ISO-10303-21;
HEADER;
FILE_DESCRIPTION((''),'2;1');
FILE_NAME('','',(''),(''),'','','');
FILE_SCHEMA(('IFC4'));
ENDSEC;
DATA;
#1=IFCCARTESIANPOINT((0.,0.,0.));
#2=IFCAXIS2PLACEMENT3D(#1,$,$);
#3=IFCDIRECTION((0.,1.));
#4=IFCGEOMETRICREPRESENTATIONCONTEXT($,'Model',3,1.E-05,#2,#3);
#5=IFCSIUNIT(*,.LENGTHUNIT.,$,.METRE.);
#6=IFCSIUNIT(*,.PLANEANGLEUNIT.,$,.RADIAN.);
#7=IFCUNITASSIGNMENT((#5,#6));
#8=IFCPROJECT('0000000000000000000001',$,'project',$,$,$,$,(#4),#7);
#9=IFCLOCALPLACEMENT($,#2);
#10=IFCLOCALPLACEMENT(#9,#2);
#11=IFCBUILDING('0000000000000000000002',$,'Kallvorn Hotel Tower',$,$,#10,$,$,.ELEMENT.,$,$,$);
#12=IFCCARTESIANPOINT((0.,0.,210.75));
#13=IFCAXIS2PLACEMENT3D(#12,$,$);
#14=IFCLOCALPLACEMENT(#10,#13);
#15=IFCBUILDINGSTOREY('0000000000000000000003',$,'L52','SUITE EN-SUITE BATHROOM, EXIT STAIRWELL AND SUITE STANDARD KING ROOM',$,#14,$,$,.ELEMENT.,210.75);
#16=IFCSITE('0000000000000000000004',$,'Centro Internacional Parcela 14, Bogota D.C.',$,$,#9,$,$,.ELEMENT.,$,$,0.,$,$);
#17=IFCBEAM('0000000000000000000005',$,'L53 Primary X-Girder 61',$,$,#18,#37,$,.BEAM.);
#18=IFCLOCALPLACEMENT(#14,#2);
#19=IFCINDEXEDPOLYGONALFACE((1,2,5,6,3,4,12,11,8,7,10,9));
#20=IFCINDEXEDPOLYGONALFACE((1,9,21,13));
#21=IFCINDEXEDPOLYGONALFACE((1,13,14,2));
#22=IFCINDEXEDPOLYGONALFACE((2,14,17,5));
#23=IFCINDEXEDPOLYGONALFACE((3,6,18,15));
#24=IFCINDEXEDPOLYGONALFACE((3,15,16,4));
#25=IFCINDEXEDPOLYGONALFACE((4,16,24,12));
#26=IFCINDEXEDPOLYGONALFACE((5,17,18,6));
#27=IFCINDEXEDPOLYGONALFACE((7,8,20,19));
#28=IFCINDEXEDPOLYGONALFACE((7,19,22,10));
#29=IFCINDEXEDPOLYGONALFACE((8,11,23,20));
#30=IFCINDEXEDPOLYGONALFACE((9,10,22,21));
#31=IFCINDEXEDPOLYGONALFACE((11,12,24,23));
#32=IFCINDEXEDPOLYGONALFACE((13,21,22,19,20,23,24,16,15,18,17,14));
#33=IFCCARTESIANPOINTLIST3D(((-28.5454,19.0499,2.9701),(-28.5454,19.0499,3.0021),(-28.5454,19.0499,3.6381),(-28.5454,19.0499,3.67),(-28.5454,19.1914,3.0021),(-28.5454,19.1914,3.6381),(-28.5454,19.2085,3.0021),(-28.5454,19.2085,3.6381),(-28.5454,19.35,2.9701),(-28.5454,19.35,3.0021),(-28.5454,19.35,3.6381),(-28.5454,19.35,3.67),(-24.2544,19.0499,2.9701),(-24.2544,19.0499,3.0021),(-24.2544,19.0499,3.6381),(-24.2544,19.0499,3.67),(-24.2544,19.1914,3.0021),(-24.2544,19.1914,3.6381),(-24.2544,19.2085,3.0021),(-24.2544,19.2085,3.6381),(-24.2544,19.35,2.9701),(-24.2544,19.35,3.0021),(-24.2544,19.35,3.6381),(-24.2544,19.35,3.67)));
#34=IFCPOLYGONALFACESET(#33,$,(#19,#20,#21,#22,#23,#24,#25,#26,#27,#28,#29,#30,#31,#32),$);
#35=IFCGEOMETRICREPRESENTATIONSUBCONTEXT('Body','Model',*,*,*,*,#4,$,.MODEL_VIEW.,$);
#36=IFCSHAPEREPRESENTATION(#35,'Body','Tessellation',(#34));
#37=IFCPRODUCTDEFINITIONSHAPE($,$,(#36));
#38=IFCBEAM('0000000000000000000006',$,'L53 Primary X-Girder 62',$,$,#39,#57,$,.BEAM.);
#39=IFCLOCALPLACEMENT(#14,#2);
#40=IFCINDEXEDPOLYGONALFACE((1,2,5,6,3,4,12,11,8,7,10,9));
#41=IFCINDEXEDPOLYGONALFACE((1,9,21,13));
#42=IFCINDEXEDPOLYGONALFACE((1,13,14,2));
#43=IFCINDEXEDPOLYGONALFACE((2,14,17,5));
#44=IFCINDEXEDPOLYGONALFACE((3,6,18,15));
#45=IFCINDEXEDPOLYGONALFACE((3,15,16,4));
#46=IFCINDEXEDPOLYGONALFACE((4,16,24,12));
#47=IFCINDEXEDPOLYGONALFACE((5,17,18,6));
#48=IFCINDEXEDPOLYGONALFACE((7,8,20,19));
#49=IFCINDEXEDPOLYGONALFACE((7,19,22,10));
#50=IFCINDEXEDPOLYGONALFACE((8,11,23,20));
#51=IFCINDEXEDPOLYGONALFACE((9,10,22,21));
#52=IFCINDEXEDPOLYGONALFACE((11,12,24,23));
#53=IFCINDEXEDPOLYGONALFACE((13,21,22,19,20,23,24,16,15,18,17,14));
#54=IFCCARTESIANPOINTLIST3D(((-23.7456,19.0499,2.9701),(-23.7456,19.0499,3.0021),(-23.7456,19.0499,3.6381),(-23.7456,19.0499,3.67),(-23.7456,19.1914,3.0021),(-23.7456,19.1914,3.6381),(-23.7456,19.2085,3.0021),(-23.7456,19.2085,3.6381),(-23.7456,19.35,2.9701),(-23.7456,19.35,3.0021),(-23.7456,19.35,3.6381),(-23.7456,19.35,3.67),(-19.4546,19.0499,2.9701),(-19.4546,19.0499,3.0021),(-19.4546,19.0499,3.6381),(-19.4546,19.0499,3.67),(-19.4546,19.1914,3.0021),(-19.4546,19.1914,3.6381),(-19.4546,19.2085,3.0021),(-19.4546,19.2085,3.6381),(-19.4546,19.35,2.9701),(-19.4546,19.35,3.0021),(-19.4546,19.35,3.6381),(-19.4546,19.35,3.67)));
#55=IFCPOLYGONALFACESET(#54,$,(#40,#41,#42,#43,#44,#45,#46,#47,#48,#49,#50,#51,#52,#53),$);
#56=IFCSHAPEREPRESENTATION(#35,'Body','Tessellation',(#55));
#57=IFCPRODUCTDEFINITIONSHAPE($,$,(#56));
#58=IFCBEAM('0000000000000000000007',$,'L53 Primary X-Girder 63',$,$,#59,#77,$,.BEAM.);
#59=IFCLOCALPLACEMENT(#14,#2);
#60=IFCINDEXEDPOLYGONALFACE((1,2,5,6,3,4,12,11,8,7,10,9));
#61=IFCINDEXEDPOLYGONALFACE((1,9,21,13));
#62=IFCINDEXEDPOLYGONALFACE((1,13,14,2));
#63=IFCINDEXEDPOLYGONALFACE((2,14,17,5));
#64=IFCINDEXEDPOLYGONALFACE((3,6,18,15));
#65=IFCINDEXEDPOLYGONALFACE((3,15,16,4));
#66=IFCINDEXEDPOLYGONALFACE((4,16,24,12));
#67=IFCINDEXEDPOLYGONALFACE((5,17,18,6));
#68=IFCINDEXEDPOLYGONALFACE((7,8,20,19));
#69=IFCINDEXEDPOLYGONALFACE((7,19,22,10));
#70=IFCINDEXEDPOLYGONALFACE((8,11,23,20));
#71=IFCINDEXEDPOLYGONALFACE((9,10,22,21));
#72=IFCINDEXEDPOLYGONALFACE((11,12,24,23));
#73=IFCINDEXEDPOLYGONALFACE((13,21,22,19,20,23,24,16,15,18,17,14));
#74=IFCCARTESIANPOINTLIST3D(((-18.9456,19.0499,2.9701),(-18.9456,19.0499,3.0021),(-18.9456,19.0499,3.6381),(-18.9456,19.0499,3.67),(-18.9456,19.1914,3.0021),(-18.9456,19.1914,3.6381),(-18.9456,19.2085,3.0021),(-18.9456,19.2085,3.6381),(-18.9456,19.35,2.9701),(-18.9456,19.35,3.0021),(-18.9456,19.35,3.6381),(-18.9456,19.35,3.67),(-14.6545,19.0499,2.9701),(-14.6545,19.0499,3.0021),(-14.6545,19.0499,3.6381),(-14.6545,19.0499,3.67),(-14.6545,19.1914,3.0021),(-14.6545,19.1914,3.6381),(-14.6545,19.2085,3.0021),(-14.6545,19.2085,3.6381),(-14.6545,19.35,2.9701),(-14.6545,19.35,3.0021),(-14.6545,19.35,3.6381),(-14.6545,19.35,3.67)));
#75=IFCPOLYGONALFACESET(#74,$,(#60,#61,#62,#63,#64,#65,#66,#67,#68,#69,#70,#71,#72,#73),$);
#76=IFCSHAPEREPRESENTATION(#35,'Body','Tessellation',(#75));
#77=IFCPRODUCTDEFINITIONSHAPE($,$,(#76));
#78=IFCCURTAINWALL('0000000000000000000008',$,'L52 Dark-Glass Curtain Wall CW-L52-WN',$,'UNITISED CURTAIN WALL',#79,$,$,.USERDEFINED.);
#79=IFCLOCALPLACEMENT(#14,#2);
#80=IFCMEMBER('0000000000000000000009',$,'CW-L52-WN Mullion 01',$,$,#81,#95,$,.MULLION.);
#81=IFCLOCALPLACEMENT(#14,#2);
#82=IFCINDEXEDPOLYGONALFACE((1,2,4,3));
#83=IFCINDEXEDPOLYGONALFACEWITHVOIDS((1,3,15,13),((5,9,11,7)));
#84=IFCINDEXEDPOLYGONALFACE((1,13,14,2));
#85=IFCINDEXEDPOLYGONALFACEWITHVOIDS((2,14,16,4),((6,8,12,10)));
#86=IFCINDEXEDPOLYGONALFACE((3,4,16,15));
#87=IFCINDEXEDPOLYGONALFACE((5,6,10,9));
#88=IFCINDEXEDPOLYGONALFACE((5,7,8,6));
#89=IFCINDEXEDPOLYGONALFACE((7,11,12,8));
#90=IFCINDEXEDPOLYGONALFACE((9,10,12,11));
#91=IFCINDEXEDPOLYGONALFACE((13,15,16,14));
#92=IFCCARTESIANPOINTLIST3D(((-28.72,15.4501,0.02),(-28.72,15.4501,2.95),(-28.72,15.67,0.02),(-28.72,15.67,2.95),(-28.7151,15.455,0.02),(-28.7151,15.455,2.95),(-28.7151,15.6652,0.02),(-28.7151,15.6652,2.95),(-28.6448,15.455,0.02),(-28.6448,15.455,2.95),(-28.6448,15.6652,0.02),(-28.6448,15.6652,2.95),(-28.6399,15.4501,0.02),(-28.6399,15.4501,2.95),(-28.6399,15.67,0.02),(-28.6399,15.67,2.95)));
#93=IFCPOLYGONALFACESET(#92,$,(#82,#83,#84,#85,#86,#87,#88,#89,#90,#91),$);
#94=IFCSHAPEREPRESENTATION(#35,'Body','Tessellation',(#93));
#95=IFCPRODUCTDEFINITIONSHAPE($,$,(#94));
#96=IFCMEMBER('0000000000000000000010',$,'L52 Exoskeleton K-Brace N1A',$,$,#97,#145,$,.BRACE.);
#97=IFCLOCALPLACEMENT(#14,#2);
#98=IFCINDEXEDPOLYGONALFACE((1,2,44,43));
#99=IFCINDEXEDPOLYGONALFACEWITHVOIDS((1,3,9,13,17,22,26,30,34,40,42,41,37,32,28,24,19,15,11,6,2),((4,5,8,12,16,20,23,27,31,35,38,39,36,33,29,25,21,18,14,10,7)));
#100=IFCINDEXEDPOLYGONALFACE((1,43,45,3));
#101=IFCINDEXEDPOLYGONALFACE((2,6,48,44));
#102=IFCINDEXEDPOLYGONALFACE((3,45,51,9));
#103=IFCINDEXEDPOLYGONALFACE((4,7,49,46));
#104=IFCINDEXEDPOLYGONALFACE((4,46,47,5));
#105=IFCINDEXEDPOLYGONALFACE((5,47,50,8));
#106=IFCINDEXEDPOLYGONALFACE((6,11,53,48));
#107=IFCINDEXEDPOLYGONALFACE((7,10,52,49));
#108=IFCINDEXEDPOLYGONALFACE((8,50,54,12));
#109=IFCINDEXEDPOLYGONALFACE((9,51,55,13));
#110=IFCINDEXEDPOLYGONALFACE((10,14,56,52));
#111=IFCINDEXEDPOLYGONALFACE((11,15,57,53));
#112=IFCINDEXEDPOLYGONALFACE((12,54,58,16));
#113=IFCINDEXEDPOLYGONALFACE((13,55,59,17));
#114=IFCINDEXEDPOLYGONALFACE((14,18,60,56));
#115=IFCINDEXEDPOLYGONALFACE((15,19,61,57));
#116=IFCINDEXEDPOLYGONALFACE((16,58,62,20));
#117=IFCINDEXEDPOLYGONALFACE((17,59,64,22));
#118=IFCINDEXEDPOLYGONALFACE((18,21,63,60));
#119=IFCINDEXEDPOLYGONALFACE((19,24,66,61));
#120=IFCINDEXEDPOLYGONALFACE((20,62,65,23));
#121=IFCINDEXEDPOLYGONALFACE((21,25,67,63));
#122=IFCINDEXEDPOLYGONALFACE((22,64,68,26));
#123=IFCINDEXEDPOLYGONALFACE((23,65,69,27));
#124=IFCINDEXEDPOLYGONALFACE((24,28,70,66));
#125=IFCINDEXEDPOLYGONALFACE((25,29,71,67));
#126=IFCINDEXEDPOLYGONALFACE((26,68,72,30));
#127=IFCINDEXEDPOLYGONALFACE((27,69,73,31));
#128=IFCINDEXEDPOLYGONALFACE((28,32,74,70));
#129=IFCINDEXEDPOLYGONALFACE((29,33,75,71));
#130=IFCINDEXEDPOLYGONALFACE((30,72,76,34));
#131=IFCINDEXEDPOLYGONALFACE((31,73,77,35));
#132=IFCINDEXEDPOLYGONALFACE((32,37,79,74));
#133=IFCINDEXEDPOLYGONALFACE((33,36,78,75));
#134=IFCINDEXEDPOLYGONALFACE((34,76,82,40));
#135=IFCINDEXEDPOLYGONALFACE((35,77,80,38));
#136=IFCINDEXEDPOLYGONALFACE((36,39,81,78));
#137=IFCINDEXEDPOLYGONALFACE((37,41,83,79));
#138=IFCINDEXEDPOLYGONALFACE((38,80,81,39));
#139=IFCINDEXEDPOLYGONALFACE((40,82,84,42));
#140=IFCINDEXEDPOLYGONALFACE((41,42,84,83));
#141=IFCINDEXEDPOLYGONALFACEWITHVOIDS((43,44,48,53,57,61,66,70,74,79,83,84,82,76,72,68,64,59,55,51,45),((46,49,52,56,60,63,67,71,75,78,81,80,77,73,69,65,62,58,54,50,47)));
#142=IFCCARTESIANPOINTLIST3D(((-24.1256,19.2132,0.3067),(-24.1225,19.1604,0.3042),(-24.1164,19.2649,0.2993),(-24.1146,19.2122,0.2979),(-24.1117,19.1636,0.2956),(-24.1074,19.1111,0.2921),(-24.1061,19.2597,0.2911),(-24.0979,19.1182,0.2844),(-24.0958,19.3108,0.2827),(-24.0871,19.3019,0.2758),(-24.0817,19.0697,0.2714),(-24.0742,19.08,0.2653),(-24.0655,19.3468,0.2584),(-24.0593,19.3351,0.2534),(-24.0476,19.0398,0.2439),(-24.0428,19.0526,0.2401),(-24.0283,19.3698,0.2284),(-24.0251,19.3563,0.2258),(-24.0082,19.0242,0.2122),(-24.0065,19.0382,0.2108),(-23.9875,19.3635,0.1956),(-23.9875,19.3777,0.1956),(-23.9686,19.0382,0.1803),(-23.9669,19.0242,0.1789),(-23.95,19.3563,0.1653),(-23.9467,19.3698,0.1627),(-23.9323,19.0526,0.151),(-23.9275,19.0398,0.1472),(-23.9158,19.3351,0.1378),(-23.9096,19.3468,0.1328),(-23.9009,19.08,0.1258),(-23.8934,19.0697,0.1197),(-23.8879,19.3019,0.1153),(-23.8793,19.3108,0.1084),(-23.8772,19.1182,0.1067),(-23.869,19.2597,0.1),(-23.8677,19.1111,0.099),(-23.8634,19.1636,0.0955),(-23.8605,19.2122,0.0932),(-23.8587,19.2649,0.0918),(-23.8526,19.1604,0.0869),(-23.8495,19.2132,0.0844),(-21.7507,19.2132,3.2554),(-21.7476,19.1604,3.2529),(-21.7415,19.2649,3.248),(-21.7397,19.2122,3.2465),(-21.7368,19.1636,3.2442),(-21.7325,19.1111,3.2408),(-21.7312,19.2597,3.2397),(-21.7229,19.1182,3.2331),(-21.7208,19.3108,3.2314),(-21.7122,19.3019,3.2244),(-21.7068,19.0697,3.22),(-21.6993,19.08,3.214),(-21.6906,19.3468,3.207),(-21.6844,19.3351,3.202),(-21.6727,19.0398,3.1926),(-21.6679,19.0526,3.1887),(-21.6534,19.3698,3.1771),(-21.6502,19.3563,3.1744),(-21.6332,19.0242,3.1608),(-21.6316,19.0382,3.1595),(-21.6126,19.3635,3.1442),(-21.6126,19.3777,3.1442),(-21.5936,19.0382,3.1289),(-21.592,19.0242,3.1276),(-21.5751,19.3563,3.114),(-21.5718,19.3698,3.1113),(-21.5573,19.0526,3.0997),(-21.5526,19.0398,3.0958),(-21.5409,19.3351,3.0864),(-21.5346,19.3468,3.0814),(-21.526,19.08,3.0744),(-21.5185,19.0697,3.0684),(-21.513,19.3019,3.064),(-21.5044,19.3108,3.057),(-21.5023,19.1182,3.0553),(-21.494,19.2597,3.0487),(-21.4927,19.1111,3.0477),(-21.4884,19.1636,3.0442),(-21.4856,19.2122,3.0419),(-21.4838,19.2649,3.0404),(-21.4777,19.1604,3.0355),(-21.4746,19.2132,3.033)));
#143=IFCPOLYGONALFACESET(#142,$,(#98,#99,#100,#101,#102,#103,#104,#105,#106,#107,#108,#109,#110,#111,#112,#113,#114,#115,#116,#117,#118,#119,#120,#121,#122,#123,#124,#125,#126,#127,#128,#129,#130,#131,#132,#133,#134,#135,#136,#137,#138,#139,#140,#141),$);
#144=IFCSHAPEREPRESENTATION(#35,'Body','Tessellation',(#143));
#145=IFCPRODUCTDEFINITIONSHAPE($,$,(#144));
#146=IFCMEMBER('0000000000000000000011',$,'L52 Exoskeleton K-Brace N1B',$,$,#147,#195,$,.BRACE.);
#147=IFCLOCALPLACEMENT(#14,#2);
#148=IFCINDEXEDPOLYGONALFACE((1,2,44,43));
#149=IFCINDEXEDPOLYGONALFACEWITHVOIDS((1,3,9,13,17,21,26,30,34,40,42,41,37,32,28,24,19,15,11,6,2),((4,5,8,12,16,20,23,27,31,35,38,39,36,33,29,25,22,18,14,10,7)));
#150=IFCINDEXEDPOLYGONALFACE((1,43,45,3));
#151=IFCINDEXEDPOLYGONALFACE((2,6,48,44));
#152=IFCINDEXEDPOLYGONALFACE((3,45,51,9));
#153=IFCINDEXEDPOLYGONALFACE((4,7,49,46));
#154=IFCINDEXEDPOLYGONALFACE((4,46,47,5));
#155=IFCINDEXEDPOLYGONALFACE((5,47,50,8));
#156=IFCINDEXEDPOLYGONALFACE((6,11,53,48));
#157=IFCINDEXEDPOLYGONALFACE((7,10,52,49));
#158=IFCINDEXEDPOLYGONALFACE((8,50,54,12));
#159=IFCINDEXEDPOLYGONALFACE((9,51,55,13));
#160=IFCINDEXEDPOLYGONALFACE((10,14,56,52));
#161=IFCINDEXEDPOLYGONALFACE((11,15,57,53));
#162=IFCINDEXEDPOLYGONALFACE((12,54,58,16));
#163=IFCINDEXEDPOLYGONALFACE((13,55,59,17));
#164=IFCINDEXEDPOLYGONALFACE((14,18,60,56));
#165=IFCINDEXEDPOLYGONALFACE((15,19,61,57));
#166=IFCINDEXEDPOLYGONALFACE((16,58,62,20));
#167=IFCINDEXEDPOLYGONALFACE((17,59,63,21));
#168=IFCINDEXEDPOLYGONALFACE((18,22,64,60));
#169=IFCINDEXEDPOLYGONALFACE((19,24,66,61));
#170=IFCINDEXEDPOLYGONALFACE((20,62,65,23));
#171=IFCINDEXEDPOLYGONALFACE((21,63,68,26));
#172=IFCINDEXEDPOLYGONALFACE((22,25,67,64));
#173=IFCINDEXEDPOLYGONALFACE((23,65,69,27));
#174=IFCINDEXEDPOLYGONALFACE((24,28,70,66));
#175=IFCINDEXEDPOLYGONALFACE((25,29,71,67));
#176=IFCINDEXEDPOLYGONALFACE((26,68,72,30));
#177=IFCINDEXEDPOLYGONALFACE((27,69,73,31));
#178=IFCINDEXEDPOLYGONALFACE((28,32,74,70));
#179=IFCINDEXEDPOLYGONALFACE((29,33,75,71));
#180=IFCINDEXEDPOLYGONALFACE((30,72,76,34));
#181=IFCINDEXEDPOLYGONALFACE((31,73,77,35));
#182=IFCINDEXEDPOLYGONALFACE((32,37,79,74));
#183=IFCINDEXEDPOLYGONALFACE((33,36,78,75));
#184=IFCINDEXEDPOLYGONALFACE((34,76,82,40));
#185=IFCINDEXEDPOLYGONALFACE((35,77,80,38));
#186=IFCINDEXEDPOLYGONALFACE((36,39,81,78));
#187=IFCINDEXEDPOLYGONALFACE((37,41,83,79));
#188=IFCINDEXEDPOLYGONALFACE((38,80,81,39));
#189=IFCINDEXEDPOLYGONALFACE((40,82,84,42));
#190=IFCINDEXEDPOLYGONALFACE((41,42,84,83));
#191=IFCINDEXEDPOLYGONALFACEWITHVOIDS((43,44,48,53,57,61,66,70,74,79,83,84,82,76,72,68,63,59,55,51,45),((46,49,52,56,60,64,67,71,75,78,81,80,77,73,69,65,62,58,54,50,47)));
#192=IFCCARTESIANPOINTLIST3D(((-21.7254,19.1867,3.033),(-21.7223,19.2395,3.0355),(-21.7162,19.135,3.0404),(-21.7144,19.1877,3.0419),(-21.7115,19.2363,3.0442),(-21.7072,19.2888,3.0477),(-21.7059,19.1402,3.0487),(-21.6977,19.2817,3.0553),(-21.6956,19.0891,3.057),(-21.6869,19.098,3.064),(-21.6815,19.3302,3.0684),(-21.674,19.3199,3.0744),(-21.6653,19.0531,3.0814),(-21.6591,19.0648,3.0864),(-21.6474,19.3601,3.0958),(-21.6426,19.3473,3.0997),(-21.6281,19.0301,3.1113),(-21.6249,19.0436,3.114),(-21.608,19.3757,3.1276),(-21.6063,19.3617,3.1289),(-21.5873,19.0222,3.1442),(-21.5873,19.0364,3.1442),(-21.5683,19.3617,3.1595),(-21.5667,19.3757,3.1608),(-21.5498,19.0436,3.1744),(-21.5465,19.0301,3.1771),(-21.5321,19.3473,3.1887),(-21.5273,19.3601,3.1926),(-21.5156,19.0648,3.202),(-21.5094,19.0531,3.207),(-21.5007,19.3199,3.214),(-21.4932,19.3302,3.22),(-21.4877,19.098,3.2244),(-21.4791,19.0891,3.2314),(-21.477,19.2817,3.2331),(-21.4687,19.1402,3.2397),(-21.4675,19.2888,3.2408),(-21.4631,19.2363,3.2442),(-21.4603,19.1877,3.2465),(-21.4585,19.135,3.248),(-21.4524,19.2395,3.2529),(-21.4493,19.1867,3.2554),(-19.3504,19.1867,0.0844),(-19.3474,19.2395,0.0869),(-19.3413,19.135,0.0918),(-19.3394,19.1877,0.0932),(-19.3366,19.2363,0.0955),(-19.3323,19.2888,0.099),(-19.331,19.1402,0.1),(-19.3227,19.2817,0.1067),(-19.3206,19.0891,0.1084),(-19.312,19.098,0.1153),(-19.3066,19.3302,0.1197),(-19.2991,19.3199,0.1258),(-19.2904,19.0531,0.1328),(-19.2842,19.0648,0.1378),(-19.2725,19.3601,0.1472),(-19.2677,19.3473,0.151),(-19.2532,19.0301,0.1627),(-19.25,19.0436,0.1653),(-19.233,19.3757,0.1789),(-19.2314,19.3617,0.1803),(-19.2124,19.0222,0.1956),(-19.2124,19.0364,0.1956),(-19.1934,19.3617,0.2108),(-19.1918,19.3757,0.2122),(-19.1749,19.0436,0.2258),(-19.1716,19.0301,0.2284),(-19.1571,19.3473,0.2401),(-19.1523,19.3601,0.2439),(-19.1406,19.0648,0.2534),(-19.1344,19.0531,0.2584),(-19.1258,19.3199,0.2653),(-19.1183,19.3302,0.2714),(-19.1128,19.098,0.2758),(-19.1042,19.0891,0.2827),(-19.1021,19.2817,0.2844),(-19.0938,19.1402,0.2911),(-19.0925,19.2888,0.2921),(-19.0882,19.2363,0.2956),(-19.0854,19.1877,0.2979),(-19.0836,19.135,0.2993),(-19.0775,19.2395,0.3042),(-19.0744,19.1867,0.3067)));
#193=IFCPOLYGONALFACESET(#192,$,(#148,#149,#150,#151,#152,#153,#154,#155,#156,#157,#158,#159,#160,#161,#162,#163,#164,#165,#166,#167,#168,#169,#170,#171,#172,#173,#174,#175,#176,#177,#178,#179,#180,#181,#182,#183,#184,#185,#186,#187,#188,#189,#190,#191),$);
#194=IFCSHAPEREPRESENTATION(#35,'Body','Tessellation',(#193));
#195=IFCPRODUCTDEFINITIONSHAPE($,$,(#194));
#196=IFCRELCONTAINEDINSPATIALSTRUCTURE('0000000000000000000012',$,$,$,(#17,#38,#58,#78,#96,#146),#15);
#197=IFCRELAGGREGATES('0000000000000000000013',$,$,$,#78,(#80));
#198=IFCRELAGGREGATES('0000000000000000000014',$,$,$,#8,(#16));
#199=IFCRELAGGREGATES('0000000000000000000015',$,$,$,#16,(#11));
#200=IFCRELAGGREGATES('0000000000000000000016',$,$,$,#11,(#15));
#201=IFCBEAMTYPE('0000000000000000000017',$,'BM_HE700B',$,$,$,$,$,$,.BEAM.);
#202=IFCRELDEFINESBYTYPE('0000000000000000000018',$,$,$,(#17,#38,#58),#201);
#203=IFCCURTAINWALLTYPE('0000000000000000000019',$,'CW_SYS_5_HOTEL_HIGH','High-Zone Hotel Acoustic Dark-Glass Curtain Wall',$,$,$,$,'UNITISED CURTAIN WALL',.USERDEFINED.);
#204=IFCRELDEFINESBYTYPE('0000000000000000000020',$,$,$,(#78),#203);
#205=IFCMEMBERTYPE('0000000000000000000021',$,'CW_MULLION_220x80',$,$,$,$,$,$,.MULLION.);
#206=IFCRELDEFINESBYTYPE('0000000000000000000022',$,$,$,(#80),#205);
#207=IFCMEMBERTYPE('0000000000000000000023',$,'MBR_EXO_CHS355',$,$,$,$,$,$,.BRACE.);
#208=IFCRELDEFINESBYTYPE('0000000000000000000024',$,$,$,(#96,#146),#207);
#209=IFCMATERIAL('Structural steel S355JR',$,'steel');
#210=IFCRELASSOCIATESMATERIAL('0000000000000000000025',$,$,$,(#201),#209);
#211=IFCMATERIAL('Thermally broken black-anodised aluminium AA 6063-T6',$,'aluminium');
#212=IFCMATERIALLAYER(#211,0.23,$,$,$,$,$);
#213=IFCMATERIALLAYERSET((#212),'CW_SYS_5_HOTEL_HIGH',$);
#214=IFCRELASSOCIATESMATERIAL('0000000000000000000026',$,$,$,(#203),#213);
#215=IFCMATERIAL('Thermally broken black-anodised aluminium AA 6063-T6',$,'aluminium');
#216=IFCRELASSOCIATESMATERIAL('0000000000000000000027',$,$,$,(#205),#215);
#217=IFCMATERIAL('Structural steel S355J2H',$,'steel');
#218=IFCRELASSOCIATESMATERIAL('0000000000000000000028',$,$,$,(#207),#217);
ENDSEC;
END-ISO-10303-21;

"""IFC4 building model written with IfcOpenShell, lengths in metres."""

from ifc_helpers import new_model, si_unit, direction, frame, origin, origin_2d, place, context, subcontext, project, spatial, hollow_rectangle, hollow_circle, i_section, extrude, material, layer, layer_set, material_profile, profile_set, type_object, element, aggregate, save


model = new_model("IFC4")

# Units and contexts
model_context = context("Model", 3, precision=1e-05, world=origin(), true_north=direction((0.0, 1.0)))
body_context = subcontext(model_context, "Body", "Model", "MODEL_VIEW")
ifc_project = project(units=[si_unit("LENGTHUNIT", "METRE"), si_unit("PLANEANGLEUNIT", "RADIAN")], contexts=[model_context])

# Site, building, storey
site_placement = place(None, origin())
site = spatial("IfcSite", under=ifc_project, at=site_placement, Name="Centro Internacional Parcela 14, Bogota D.C.", CompositionType="ELEMENT", RefElevation=0.0)
building_placement = place(site_placement, origin())
building = spatial("IfcBuilding", under=site, at=building_placement, Name="Kallvorn Hotel Tower", CompositionType="ELEMENT")
storey_placement = place(building_placement, frame((0.0, 0.0, 210.75)))
storey = spatial("IfcBuildingStorey", under=building, at=storey_placement, Name="L52", Description="SUITE EN-SUITE BATHROOM, EXIT STAIRWELL AND SUITE STANDARD KING ROOM", CompositionType="ELEMENT", Elevation=210.75)

# Beams
ifc_material_1 = material(Name="Structural steel S355JR", Category="steel")
ifc_material_profile_1 = material_profile(ifc_material_1, i_section(OverallWidth=0.3, OverallDepth=0.7, WebThickness=0.0171, FlangeThickness=0.032, at=origin_2d()), Name="HE 700 B")
ifc_profile_set_1 = profile_set([ifc_material_profile_1], Name="Structural steel S355JR")
beam_type_1 = type_object("IfcBeamType", Name="BM_HE700B", PredefinedType="BEAM", material=ifc_profile_set_1)
for number, where, z_axis, x_axis, name in (
    (1, (-28.5454, 19.2, 3.3201), (1.0, 0.0, 0.0), (0.0, 1.0, 0.0), "L53 Primary X-Girder 61"),
    (2, (-23.7456, 19.2, 3.3201), (1.0, 0.0, 0.0), (0.0, 1.0, 0.0), "L53 Primary X-Girder 62"),
    (3, (-18.9456, 19.2, 3.3201), (1.0, 0.0, 0.0), (0.0, 1.0, 0.0), "L53 Primary X-Girder 63"),
):
    element("IfcBeam", number, at=place(storey_placement, frame(where, z_axis=z_axis, x_axis=x_axis)), inside=storey, type_object=beam_type_1, Name=name, PredefinedType="BEAM", context=body_context, shape_type="SweptSolid", body=[
        extrude(i_section(OverallWidth=0.3, OverallDepth=0.7, WebThickness=0.0171, FlangeThickness=0.032, at=origin_2d()), origin(), (0.0, 0.0, 1.0), 4.291),
    ])

# Curtain wall, member
ifc_material_2 = material(Name="Thermally broken black-anodised aluminium AA 6063-T6", Category="aluminium")
ifc_layer_1 = layer(ifc_material_2, 0.23)
ifc_layer_set_1 = layer_set([ifc_layer_1], Name="CW_SYS_5_HOTEL_HIGH")
curtain_wall_type = type_object("IfcCurtainWallType", Name="CW_SYS_5_HOTEL_HIGH", Description="High-Zone Hotel Acoustic Dark-Glass Curtain Wall", ElementType="UNITISED CURTAIN WALL", PredefinedType="USERDEFINED", material=ifc_layer_set_1)
curtain_wall_placement = place(storey_placement, origin())
curtain_wall = element("IfcCurtainWall", 4, at=curtain_wall_placement, inside=storey, type_object=curtain_wall_type, Name="L52 Dark-Glass Curtain Wall CW-L52-WN", ObjectType="UNITISED CURTAIN WALL", PredefinedType="USERDEFINED")
ifc_material_3 = material(Name="Thermally broken black-anodised aluminium AA 6063-T6", Category="aluminium")
ifc_material_profile_2 = material_profile(ifc_material_3, hollow_rectangle(XDim=0.0801, YDim=0.22, WallThickness=0.0049, at=origin_2d()), Name="MUL 220x80")
ifc_profile_set_2 = profile_set([ifc_material_profile_2], Name="Thermally broken black-anodised aluminium AA 6063-T6")
member_type_1 = type_object("IfcMemberType", Name="CW_MULLION_220x80", PredefinedType="MULLION", material=ifc_profile_set_2)
member_placement = place(storey_placement, frame((-28.6799, 15.5601, 0.02), z_axis=(0.0, 0.0, 1.0), x_axis=(1.0, 0.0, 0.0)))
member = element("IfcMember", 5, at=member_placement, type_object=member_type_1, Name="CW-L52-WN Mullion 01", PredefinedType="MULLION", context=body_context, shape_type="SweptSolid", body=[
    extrude(hollow_rectangle(XDim=0.0801, YDim=0.22, WallThickness=0.0049, at=origin_2d()), origin(), (0.0, 0.0, 1.0), 2.9299),
])
aggregate(curtain_wall, [member])

# Members
ifc_material_4 = material(Name="Structural steel S355J2H", Category="steel")
ifc_material_profile_3 = material_profile(ifc_material_4, hollow_circle(Radius=0.1777, WallThickness=0.0142, at=origin_2d()), Name="CHS 355.6x14.2")
ifc_profile_set_3 = profile_set([ifc_material_profile_3], Name="Structural steel S355J2H")
member_type_2 = type_object("IfcMemberType", Name="MBR_EXO_CHS355", PredefinedType="BRACE", material=ifc_profile_set_3)
for number, where, z_axis, x_axis, name in (
    (6, (-23.9875, 19.2, 0.1956), (0.627271, 0.0, 0.778801), (0.0, 1.0, 0.0), "L52 Exoskeleton K-Brace N1A"),
    (7, (-19.2124, 19.2, 0.1956), (-0.627271, 0.0, 0.778801), (0.0, -1.0, 0.0), "L52 Exoskeleton K-Brace N1B"),
):
    element("IfcMember", number, at=place(storey_placement, frame(where, z_axis=z_axis, x_axis=x_axis)), inside=storey, type_object=member_type_2, Name=name, PredefinedType="BRACE", context=body_context, shape_type="SweptSolid", body=[
        extrude(hollow_circle(Radius=0.1777, WallThickness=0.0142, at=origin_2d()), origin(), (0.0, 0.0, 1.0), 3.7861),
    ])

save(model, "model.ifc")
